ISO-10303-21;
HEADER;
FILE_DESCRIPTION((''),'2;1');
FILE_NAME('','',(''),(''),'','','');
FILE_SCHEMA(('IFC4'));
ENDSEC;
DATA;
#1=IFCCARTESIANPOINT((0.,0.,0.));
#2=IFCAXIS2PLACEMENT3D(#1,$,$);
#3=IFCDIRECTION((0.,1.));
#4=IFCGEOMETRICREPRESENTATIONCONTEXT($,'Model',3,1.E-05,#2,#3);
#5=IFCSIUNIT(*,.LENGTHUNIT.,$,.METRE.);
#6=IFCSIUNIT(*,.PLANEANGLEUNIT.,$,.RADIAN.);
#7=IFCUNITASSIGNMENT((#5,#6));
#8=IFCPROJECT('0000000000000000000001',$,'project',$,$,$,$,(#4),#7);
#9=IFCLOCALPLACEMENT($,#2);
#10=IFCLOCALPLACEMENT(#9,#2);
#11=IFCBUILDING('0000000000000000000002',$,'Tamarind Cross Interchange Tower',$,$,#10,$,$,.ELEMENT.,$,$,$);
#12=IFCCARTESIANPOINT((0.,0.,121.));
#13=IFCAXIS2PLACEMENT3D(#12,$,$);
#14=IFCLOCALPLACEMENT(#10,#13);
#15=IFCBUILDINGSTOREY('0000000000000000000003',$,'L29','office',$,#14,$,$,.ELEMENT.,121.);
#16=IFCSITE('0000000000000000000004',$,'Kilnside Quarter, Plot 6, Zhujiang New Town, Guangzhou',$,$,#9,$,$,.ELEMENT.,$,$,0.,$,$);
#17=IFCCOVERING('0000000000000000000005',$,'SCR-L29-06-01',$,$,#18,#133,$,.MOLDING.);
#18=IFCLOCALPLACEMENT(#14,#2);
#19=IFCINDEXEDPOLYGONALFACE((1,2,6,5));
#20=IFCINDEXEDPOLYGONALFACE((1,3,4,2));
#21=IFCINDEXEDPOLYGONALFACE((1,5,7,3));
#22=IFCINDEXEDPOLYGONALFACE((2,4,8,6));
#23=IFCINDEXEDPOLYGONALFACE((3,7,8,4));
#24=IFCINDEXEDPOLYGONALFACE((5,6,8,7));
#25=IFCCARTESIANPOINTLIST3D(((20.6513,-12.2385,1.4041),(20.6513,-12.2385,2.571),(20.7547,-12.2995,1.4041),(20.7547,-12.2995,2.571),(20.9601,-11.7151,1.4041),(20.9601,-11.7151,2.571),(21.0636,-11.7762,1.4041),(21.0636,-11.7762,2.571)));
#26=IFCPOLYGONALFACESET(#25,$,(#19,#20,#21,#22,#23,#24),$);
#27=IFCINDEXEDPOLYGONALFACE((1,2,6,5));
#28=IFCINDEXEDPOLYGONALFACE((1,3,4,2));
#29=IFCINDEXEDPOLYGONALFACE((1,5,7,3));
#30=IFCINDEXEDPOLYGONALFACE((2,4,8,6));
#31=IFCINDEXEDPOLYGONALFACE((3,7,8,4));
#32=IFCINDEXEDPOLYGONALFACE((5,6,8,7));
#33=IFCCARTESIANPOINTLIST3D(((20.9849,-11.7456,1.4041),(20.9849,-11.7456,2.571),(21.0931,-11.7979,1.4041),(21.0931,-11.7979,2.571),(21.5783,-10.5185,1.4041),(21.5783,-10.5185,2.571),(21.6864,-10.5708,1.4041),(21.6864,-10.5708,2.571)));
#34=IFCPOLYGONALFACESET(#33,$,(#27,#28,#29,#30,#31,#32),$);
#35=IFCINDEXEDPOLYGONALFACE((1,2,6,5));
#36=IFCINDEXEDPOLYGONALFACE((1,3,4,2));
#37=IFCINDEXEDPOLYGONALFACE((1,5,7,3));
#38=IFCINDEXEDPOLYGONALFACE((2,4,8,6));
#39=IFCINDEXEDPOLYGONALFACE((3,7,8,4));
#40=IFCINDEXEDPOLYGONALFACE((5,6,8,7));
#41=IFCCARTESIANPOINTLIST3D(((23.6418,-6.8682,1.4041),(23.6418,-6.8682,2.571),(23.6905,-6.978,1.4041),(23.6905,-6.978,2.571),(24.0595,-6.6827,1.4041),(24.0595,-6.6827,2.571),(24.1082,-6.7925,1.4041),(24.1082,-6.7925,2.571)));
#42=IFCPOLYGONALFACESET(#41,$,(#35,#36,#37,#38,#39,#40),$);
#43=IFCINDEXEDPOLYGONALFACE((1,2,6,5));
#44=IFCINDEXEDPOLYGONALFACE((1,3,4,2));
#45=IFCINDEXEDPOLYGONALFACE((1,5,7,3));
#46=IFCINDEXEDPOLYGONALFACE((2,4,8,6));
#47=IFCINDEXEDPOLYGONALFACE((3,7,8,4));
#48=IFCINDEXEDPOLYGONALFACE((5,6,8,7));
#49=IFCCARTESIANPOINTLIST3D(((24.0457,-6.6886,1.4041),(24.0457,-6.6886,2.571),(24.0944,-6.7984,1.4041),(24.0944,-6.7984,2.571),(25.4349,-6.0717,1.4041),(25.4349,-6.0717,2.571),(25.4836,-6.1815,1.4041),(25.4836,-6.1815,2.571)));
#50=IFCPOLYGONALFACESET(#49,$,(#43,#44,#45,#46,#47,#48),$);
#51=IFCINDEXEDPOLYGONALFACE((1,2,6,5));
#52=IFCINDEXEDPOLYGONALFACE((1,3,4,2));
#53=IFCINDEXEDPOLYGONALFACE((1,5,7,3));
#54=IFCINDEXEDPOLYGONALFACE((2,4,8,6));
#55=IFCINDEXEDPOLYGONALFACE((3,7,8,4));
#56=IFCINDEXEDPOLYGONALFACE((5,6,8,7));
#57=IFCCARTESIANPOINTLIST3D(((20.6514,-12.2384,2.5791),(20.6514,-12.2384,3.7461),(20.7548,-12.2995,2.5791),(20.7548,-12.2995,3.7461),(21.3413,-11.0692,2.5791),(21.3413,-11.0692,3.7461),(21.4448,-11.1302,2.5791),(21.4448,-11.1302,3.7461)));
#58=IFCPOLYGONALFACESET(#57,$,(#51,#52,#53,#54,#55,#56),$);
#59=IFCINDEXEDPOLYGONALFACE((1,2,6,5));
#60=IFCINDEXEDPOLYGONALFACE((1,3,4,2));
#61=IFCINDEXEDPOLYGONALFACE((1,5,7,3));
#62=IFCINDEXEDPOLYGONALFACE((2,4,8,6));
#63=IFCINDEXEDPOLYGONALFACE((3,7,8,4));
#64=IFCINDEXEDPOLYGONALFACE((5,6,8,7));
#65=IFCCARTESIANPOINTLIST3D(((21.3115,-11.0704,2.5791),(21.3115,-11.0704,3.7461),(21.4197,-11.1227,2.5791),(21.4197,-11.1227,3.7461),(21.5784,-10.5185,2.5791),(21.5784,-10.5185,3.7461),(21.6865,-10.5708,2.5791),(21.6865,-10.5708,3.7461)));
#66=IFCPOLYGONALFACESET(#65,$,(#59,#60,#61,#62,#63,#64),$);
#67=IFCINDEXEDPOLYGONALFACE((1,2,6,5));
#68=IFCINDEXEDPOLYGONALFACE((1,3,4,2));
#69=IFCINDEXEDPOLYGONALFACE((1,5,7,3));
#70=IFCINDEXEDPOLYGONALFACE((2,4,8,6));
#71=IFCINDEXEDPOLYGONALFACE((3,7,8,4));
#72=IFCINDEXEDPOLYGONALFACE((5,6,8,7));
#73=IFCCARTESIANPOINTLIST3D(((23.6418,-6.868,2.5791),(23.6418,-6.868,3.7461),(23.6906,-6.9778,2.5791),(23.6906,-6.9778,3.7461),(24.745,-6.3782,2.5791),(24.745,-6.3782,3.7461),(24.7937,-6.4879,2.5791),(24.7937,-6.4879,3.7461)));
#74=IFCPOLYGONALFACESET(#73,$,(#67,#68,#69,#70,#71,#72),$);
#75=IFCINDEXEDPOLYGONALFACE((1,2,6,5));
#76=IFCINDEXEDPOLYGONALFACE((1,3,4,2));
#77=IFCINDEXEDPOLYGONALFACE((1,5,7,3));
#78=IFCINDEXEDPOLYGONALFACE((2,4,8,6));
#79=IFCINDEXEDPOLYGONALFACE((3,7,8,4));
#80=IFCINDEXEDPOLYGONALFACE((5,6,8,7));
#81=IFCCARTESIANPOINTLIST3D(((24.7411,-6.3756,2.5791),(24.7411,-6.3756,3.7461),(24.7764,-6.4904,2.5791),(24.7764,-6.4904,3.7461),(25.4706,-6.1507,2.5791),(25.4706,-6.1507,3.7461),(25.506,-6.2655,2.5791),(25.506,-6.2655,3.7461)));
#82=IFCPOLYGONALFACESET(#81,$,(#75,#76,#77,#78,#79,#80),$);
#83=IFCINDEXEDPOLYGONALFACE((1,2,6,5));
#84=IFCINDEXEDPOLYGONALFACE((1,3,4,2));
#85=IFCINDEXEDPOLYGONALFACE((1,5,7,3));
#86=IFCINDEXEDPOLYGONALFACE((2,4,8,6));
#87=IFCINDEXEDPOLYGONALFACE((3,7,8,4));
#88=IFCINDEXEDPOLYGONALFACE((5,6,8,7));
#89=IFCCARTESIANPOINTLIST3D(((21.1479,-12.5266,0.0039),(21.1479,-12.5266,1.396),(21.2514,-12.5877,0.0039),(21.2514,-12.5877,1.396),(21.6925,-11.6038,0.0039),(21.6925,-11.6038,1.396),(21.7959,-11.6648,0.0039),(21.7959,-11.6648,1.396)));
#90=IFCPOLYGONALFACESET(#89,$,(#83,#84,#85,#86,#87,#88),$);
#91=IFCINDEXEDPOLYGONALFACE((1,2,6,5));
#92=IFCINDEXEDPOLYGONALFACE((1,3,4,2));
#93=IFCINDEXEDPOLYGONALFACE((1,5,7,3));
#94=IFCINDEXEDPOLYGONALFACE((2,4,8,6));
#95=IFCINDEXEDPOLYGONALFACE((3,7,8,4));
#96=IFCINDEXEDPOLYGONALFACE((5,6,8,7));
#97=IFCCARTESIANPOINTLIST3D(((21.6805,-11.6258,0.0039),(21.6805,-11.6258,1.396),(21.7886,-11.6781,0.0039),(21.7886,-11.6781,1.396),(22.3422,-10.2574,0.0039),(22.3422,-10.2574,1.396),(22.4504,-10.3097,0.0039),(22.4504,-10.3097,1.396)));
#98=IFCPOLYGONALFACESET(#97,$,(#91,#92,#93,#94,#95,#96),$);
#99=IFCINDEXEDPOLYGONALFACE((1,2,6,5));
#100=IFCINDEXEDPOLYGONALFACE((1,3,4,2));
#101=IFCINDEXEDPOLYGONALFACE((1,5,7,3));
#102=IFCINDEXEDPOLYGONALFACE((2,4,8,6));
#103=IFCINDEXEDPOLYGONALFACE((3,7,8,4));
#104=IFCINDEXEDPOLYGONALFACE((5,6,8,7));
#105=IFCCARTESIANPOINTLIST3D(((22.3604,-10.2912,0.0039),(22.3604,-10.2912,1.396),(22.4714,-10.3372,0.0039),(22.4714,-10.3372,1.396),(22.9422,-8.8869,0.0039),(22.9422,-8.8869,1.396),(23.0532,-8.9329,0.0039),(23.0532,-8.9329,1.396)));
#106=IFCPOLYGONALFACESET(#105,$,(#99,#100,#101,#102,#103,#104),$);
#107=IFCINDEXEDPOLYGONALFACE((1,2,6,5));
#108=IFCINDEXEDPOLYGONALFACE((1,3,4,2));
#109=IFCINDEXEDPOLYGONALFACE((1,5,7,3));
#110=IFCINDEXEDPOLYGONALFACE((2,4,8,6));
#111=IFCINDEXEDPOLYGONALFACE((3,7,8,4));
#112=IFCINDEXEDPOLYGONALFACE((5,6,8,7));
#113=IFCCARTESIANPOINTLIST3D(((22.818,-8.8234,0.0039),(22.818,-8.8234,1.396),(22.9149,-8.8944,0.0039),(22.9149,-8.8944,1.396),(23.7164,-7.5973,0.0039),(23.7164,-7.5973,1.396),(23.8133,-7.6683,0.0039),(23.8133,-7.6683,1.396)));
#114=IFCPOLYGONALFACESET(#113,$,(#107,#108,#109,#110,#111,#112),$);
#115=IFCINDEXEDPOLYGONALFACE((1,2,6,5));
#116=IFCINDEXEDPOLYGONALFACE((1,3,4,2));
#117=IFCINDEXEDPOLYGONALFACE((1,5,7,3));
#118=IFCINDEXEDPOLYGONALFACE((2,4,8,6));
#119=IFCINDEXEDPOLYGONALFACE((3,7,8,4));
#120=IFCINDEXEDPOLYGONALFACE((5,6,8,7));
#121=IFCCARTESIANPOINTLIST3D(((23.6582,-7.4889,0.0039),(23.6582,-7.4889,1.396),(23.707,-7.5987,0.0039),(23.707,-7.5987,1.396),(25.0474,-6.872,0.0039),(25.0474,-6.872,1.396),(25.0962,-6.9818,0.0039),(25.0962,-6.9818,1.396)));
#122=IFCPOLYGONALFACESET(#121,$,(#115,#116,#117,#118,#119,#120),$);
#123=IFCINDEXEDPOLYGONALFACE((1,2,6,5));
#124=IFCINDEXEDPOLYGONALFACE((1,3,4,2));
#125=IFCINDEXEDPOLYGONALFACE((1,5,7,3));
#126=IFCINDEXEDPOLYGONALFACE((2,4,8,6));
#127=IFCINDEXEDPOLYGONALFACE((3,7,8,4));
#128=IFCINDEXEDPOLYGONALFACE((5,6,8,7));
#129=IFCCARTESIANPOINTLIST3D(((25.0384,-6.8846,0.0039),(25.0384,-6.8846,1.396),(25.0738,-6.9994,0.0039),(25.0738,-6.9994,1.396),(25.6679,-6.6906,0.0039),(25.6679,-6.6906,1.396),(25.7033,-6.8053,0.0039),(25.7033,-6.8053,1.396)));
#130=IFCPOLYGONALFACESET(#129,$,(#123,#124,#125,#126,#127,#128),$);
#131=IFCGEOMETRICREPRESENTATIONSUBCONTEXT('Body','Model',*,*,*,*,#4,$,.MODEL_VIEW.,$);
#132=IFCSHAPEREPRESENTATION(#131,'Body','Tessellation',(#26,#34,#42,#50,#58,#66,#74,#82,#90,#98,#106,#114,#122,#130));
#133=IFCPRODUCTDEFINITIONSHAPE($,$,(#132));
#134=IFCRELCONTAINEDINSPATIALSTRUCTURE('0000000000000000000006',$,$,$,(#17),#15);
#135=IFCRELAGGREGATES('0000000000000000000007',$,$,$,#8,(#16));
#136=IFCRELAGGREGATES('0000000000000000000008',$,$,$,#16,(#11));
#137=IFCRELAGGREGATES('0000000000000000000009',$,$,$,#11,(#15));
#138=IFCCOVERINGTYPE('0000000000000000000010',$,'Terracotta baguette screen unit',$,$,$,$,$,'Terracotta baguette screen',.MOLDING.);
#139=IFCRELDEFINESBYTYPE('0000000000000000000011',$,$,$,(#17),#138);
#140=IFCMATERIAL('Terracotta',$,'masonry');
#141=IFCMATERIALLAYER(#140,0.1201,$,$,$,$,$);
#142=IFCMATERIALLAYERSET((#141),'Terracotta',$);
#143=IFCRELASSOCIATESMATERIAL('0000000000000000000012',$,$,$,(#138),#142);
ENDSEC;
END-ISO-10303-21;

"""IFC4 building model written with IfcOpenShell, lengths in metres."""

from ifc_helpers import new_model, si_unit, direction, frame, origin, origin_2d, place, context, subcontext, project, spatial, rectangle, extrude, material, layer, layer_set, type_object, element, save


model = new_model("IFC4")

# Units and contexts
model_context = context("Model", 3, precision=1e-05, world=origin(), true_north=direction((0.0, 1.0)))
body_context = subcontext(model_context, "Body", "Model", "MODEL_VIEW")
ifc_project = project(units=[si_unit("LENGTHUNIT", "METRE"), si_unit("PLANEANGLEUNIT", "RADIAN")], contexts=[model_context])

# Site, building, storey
site_placement = place(None, origin())
site = spatial("IfcSite", under=ifc_project, at=site_placement, Name="Kilnside Quarter, Plot 6, Zhujiang New Town, Guangzhou", CompositionType="ELEMENT", RefElevation=0.0)
building_placement = place(site_placement, origin())
building = spatial("IfcBuilding", under=site, at=building_placement, Name="Tamarind Cross Interchange Tower", CompositionType="ELEMENT")
storey_placement = place(building_placement, frame((0.0, 0.0, 121.0)))
storey = spatial("IfcBuildingStorey", under=building, at=storey_placement, Name="L29", Description="office", CompositionType="ELEMENT", Elevation=121.0)

# Covering
ifc_material_1 = material(Name="Terracotta", Category="masonry")
ifc_layer_1 = layer(ifc_material_1, 0.1201)
ifc_layer_set_1 = layer_set([ifc_layer_1], Name="Terracotta")
covering_type = type_object("IfcCoveringType", Name="Terracotta baguette screen unit", ElementType="Terracotta baguette screen", PredefinedType="MOLDING", material=ifc_layer_set_1)
covering_1_placement = place(storey_placement, origin())
element("IfcCovering", 1, at=covering_1_placement, inside=storey, type_object=covering_type, Name="SCR-L29-06-01", PredefinedType="MOLDING", context=body_context, shape_type="SweptSolid", body=[
    extrude(rectangle(XDim=0.6077, YDim=0.1201, at=origin_2d()), frame((20.8574, -12.0073, 1.4041), z_axis=(0.0, 0.0, 1.0), x_axis=(0.508183, 0.861249, 0.0)), (0.0, 0.0, 1.0), 1.167),
    extrude(rectangle(XDim=1.363, YDim=0.1201, at=origin_2d()), frame((21.3357, -11.1582, 1.4041), z_axis=(0.0, 0.0, 1.0), x_axis=(0.435326, 0.900273, 0.0)), (0.0, 0.0, 1.0), 1.167),
    extrude(rectangle(XDim=0.457, YDim=0.1201, at=origin_2d()), frame((23.875, -6.8303, 1.4041), z_axis=(0.0, 0.0, 1.0), x_axis=(0.913944, 0.405841, 0.0)), (0.0, 0.0, 1.0), 1.167),
    extrude(rectangle(XDim=1.52, YDim=0.1201, at=origin_2d()), frame((24.7646, -6.4351, 1.4041), z_axis=(0.0, 0.0, 1.0), x_axis=(0.913944, 0.405841, 0.0)), (0.0, 0.0, 1.0), 1.167),
    extrude(rectangle(XDim=1.3577, YDim=0.1201, at=origin_2d()), frame((21.0481, -11.6843, 2.5791), z_axis=(0.0, 0.0, 1.0), x_axis=(0.508183, 0.861249, 0.0)), (0.0, 0.0, 1.0), 1.167),
    extrude(rectangle(XDim=0.613, YDim=0.1201, at=origin_2d()), frame((21.499, -10.8206, 2.5791), z_axis=(0.0, 0.0, 1.0), x_axis=(0.435326, 0.900273, 0.0)), (0.0, 0.0, 1.0), 1.167),
    extrude(rectangle(XDim=1.207, YDim=0.1201, at=origin_2d()), frame((24.2178, -6.678, 2.5791), z_axis=(0.0, 0.0, 1.0), x_axis=(0.913944, 0.405841, 0.0)), (0.0, 0.0, 1.0), 1.167),
    extrude(rectangle(XDim=0.7634, YDim=0.1201, at=origin_2d()), frame((25.1235, -6.3206, 2.5791), z_axis=(0.0, 0.0, 1.0), x_axis=(0.955629, 0.294573, 0.0)), (0.0, 0.0, 1.0), 1.167),
    extrude(rectangle(XDim=1.0715, YDim=0.1201, at=origin_2d()), frame((21.4719, -12.0957, 0.0039), z_axis=(0.0, 0.0, 1.0), x_axis=(0.508183, 0.861249, 0.0)), (0.0, 0.0, 1.0), 1.3921),
    extrude(rectangle(XDim=1.52, YDim=0.1201, at=origin_2d()), frame((22.0654, -10.9678, 0.0039), z_axis=(0.0, 0.0, 1.0), x_axis=(0.435326, 0.900273, 0.0)), (0.0, 0.0, 1.0), 1.3921),
    extrude(rectangle(XDim=1.52, YDim=0.1201, at=origin_2d()), frame((22.7068, -9.6121, 0.0039), z_axis=(0.0, 0.0, 1.0), x_axis=(0.382773, 0.923842, 0.0)), (0.0, 0.0, 1.0), 1.3921),
    extrude(rectangle(XDim=1.52, YDim=0.1201, at=origin_2d()), frame((23.3157, -8.2458, 0.0039), z_axis=(0.0, 0.0, 1.0), x_axis=(0.591017, 0.806659, 0.0)), (0.0, 0.0, 1.0), 1.3921),
    extrude(rectangle(XDim=1.52, YDim=0.1201, at=origin_2d()), frame((24.3772, -7.2354, 0.0039), z_axis=(0.0, 0.0, 1.0), x_axis=(0.913944, 0.405841, 0.0)), (0.0, 0.0, 1.0), 1.3921),
    extrude(rectangle(XDim=0.6587, YDim=0.1201, at=origin_2d()), frame((25.3708, -6.845, 0.0039), z_axis=(0.0, 0.0, 1.0), x_axis=(0.955629, 0.294573, 0.0)), (0.0, 0.0, 1.0), 1.3921),
])

save(model, "model.ifc")
